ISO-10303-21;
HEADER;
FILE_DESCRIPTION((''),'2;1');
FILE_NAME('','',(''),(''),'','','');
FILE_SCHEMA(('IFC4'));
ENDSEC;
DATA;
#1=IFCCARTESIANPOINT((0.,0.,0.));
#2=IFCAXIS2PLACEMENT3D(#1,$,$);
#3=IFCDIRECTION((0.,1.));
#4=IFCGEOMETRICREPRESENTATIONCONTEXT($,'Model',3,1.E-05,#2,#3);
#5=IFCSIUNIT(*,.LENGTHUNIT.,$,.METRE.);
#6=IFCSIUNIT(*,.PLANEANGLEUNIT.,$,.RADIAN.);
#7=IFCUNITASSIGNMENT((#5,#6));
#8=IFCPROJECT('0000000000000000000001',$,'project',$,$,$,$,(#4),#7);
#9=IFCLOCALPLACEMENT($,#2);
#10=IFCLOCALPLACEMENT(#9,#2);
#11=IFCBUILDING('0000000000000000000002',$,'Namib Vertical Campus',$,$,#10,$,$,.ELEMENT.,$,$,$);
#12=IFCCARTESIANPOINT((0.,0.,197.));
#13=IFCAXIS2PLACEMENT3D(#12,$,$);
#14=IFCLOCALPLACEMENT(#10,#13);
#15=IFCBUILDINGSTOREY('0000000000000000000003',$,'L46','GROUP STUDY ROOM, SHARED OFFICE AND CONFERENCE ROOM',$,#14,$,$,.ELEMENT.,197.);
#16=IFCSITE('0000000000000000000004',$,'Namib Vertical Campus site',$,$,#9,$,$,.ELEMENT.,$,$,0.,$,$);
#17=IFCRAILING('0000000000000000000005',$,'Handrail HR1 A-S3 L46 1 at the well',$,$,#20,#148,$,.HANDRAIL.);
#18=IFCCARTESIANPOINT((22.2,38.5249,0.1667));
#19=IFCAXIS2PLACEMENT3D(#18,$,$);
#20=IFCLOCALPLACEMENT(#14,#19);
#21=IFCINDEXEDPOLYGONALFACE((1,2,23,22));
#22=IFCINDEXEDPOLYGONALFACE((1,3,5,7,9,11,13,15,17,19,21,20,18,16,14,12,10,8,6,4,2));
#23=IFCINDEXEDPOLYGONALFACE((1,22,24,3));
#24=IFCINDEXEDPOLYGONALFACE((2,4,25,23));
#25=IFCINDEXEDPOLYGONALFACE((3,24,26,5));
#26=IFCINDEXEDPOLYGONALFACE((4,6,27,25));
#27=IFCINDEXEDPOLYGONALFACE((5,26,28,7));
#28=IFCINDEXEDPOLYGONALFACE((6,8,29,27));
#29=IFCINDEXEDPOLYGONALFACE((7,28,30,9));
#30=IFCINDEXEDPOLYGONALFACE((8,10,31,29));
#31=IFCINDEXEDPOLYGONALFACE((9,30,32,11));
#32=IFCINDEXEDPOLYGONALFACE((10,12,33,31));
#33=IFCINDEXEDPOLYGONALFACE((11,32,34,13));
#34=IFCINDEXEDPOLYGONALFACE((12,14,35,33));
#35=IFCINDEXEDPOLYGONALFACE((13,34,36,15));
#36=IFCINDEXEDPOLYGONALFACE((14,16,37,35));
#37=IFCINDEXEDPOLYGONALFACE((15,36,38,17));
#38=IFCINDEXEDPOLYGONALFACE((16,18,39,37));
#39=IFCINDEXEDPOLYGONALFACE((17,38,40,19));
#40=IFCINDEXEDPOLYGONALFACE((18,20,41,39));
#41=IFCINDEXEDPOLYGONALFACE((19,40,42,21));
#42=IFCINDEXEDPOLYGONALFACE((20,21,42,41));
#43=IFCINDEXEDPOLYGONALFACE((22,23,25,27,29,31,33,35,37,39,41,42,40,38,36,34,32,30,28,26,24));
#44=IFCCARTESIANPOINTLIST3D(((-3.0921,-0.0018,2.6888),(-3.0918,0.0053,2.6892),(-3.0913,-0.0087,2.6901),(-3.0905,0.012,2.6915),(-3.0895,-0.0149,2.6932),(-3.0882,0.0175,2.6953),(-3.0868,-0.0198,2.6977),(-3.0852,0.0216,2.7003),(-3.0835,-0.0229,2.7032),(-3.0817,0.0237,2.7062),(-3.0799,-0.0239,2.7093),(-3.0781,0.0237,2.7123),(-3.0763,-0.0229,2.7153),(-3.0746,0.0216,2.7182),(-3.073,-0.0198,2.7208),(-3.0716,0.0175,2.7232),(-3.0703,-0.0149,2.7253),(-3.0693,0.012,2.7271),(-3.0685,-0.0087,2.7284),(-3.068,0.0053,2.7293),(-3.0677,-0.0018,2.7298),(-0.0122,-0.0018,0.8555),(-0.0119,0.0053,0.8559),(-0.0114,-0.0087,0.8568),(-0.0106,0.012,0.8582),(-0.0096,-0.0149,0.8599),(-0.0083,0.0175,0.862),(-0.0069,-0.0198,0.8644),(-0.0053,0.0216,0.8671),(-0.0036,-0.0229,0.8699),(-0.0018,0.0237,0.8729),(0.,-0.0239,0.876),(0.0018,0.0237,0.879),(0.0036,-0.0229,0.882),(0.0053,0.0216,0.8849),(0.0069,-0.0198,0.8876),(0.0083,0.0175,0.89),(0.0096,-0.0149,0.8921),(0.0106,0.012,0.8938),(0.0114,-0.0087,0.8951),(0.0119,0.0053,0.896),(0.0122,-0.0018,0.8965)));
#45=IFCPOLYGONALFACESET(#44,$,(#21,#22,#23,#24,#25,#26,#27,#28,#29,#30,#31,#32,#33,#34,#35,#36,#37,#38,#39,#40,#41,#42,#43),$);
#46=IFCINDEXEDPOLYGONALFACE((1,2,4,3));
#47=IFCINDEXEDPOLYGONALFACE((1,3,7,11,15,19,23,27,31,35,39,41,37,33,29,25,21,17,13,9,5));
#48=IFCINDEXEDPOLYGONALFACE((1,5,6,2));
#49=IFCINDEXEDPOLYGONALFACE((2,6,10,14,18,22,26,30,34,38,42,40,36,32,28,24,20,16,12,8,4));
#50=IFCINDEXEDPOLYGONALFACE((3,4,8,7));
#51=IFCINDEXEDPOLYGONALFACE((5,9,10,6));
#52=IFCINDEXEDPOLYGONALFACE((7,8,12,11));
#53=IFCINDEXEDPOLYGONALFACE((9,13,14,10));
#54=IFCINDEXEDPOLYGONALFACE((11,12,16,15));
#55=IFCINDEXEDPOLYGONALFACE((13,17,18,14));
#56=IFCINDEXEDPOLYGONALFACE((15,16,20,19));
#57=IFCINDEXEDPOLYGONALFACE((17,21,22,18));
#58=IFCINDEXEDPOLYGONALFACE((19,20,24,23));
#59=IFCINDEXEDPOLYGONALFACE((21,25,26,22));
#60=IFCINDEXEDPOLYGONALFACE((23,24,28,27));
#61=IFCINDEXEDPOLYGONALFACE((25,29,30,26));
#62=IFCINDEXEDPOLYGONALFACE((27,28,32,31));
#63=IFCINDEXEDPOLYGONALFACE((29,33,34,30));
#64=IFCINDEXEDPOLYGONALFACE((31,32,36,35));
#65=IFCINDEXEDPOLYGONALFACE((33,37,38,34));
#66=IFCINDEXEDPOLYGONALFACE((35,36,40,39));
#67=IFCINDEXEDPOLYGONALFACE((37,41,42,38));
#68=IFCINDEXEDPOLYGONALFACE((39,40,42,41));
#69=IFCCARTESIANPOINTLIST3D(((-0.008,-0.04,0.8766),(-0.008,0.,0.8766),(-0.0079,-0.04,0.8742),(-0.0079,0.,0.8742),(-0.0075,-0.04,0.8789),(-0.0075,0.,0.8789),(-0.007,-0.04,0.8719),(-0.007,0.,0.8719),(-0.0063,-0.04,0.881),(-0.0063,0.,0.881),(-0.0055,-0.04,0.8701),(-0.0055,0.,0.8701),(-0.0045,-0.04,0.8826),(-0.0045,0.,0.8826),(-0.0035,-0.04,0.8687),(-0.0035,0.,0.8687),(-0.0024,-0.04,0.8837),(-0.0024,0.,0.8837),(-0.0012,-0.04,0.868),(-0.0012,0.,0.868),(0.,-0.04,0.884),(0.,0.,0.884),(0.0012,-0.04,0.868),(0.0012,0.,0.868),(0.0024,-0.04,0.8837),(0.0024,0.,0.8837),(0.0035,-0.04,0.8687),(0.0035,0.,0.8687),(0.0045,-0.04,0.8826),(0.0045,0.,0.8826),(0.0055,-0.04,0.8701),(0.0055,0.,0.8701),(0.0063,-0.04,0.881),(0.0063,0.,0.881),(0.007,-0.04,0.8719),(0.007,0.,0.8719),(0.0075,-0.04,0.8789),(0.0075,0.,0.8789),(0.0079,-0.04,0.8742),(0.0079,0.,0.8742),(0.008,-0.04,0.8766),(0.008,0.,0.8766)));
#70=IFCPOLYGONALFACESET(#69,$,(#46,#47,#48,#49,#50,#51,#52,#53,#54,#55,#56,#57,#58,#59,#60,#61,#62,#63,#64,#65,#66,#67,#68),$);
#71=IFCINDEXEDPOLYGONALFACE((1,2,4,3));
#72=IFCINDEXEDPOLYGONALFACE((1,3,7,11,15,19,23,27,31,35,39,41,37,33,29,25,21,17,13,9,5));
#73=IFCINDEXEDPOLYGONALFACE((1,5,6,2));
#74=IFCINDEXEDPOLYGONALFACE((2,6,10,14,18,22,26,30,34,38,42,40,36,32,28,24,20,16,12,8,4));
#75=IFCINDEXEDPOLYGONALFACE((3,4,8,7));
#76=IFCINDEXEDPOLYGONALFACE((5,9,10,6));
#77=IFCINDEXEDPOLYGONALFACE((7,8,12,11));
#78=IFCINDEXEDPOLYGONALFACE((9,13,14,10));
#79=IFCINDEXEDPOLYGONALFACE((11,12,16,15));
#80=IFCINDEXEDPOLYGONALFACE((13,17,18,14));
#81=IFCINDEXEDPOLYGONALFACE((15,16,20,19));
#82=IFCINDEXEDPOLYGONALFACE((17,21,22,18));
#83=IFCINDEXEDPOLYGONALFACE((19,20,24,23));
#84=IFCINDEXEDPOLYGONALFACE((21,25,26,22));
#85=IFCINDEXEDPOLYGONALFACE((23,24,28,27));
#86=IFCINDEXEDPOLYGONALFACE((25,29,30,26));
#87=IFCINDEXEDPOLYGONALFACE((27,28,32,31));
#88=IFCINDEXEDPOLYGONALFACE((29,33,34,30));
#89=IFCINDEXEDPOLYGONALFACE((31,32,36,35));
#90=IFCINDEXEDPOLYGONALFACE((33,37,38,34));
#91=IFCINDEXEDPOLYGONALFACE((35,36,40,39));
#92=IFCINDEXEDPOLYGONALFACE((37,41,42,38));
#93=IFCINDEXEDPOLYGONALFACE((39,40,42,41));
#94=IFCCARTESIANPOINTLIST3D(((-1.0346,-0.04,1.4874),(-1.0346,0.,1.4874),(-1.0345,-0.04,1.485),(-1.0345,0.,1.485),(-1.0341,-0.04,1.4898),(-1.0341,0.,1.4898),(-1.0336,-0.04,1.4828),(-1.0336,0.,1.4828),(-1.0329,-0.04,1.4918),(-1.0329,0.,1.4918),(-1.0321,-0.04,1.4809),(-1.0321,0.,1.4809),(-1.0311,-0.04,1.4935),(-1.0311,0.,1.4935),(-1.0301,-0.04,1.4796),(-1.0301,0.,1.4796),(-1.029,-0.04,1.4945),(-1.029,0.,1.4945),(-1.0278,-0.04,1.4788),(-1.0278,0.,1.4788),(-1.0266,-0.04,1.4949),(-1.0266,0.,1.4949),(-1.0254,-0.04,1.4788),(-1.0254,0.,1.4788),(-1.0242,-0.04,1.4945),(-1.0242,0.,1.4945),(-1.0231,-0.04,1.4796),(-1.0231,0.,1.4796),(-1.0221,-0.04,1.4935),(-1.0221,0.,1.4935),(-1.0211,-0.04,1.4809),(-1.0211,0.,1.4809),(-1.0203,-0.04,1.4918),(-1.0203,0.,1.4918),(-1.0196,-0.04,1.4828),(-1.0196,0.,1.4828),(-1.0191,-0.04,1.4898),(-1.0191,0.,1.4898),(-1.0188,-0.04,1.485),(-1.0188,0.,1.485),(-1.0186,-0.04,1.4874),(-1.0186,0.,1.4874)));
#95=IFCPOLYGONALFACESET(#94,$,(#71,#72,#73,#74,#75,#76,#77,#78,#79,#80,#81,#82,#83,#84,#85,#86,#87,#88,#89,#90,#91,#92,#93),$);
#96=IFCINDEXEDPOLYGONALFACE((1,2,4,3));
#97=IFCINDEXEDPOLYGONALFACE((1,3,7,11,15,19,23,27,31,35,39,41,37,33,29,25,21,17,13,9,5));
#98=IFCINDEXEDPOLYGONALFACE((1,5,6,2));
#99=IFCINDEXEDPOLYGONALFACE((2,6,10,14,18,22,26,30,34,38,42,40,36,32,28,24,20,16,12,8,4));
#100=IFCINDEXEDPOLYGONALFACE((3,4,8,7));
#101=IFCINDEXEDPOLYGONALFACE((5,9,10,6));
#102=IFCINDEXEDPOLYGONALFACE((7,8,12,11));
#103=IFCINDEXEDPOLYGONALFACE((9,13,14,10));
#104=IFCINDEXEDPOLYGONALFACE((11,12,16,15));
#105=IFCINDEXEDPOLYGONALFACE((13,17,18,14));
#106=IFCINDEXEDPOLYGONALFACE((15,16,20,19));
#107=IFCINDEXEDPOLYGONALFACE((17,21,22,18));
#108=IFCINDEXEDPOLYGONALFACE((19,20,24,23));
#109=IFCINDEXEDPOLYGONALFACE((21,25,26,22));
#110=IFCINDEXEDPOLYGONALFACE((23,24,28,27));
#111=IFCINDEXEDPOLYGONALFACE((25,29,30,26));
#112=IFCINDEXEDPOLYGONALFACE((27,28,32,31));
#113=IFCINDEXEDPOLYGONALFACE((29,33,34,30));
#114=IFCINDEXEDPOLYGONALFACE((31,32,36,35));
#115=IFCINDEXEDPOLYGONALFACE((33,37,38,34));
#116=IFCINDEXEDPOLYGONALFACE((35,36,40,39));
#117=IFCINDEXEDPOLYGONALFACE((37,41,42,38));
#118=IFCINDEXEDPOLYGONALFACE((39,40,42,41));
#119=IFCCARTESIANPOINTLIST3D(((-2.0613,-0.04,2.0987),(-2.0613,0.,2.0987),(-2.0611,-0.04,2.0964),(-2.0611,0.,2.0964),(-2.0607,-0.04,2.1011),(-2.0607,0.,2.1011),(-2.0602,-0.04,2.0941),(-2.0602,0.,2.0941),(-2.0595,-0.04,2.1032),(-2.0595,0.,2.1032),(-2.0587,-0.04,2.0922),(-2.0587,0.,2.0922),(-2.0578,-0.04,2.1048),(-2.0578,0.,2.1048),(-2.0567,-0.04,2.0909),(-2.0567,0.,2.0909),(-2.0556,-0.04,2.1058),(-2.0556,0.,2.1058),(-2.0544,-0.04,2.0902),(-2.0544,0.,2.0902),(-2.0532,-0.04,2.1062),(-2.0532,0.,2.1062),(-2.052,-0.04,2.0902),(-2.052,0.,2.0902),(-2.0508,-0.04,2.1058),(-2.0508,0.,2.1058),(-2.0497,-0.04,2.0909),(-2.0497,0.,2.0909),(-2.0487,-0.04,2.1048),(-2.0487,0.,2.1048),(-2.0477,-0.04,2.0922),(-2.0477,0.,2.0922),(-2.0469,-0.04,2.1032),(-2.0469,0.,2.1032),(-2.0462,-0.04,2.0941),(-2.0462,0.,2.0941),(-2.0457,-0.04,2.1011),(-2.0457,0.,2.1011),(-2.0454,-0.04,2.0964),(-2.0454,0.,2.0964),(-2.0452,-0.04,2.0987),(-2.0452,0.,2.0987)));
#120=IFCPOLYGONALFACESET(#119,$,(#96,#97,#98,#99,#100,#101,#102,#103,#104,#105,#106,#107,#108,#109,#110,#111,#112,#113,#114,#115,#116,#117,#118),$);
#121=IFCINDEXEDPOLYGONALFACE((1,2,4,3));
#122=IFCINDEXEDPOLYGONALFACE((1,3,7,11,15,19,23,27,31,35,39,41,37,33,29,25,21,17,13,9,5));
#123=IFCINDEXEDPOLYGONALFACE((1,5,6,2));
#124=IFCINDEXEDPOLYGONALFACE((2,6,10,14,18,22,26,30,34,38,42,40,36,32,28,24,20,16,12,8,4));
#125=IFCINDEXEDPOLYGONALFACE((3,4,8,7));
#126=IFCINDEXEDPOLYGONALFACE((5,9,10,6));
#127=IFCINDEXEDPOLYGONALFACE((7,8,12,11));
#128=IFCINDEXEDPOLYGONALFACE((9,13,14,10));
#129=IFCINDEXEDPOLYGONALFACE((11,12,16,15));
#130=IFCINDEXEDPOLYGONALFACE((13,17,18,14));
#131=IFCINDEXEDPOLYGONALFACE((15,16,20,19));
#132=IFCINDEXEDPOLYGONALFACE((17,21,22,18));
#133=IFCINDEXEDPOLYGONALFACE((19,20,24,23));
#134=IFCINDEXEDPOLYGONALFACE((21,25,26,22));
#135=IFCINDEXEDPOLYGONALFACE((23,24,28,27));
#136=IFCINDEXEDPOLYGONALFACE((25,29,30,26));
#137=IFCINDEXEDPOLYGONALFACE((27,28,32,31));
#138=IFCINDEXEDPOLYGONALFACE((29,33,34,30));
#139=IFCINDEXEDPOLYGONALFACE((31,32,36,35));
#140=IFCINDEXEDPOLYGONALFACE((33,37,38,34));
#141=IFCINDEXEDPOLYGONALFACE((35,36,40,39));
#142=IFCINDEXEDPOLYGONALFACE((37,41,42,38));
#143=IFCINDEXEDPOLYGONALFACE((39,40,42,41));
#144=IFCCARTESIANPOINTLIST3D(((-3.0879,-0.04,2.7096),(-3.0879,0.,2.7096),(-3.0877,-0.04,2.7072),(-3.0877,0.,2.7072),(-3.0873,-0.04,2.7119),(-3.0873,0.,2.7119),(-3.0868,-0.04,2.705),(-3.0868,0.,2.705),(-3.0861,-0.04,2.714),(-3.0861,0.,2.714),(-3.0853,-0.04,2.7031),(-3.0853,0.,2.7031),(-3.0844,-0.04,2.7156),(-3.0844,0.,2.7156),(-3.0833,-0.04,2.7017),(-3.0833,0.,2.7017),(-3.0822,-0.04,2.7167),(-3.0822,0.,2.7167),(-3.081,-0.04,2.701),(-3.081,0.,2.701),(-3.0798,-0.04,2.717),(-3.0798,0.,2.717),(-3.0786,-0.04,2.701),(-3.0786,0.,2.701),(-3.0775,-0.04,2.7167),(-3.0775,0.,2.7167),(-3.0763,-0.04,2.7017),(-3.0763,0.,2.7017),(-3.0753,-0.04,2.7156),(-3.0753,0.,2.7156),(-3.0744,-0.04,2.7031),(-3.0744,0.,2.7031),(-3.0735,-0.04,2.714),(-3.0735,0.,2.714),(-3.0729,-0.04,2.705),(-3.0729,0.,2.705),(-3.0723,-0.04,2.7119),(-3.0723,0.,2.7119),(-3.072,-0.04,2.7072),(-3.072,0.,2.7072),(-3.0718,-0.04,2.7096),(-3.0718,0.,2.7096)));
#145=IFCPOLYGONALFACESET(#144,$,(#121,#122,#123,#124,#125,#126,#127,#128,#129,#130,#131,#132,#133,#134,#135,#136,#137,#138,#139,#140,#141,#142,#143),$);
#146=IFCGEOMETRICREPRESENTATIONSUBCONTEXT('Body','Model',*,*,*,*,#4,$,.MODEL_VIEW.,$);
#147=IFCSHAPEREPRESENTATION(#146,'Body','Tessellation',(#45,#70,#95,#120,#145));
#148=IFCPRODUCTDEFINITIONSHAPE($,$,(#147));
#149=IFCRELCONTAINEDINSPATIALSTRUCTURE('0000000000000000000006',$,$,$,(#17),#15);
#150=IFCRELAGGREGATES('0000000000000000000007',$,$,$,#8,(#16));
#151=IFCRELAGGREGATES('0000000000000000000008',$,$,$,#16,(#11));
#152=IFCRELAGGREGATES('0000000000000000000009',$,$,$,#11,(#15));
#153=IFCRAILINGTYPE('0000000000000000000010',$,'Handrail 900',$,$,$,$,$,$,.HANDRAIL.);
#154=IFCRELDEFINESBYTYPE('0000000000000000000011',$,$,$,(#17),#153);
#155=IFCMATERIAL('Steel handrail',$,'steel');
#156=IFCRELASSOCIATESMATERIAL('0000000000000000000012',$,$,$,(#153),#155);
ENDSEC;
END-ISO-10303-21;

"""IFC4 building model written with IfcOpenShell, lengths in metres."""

from ifc_helpers import new_model, si_unit, direction, frame, origin, origin_2d, place, context, subcontext, project, spatial, circle, extrude, material, type_object, element, save


model = new_model("IFC4")

# Units and contexts
model_context = context("Model", 3, precision=1e-05, world=origin(), true_north=direction((0.0, 1.0)))
body_context = subcontext(model_context, "Body", "Model", "MODEL_VIEW")
ifc_project = project(units=[si_unit("LENGTHUNIT", "METRE"), si_unit("PLANEANGLEUNIT", "RADIAN")], contexts=[model_context])

# Site, building, storey
site_placement = place(None, origin())
site = spatial("IfcSite", under=ifc_project, at=site_placement, Name="Namib Vertical Campus site", CompositionType="ELEMENT", RefElevation=0.0)
building_placement = place(site_placement, origin())
building = spatial("IfcBuilding", under=site, at=building_placement, Name="Namib Vertical Campus", CompositionType="ELEMENT")
storey_placement = place(building_placement, frame((0.0, 0.0, 197.0)))
storey = spatial("IfcBuildingStorey", under=building, at=storey_placement, Name="L46", Description="GROUP STUDY ROOM, SHARED OFFICE AND CONFERENCE ROOM", CompositionType="ELEMENT", Elevation=197.0)

# Railing
ifc_material_1 = material(Name="Steel handrail", Category="steel")
railing_type_1 = type_object("IfcRailingType", Name="Handrail 900", PredefinedType="HANDRAIL", material=ifc_material_1)
railing_1_placement = place(storey_placement, frame((22.2, 38.5249, 0.1667)))
element("IfcRailing", 1, at=railing_1_placement, inside=storey, type_object=railing_type_1, Name="Handrail HR1 A-S3 L46 1 at the well", PredefinedType="HANDRAIL", context=body_context, shape_type="SweptSolid", body=[
    extrude(circle(Radius=0.0239, at=origin_2d()), frame((0.0, 0.0, 0.876), z_axis=(-0.859291, 0.0, 0.511487), x_axis=(0.0, -1.0, 0.0)), (0.0, 0.0, 1.0), 3.5842),
    extrude(circle(Radius=0.0081, at=origin_2d()), frame((0.0, 0.0, 0.876), z_axis=(0.0, -1.0, 0.0), x_axis=(0.0, 0.0, 1.0)), (0.0, 0.0, 1.0), 0.04),
    extrude(circle(Radius=0.0081, at=origin_2d()), frame((-1.0266, 0.0, 1.4868), z_axis=(0.0, -1.0, 0.0), x_axis=(0.0, 0.0, 1.0)), (0.0, 0.0, 1.0), 0.04),
    extrude(circle(Radius=0.0081, at=origin_2d()), frame((-2.0532, 0.0, 2.0981), z_axis=(0.0, -1.0, 0.0), x_axis=(0.0, 0.0, 1.0)), (0.0, 0.0, 1.0), 0.04),
    extrude(circle(Radius=0.0081, at=origin_2d()), frame((-3.0798, 0.0, 2.709), z_axis=(0.0, -1.0, 0.0), x_axis=(0.0, 0.0, 1.0)), (0.0, 0.0, 1.0), 0.04),
])

save(model, "model.ifc")
